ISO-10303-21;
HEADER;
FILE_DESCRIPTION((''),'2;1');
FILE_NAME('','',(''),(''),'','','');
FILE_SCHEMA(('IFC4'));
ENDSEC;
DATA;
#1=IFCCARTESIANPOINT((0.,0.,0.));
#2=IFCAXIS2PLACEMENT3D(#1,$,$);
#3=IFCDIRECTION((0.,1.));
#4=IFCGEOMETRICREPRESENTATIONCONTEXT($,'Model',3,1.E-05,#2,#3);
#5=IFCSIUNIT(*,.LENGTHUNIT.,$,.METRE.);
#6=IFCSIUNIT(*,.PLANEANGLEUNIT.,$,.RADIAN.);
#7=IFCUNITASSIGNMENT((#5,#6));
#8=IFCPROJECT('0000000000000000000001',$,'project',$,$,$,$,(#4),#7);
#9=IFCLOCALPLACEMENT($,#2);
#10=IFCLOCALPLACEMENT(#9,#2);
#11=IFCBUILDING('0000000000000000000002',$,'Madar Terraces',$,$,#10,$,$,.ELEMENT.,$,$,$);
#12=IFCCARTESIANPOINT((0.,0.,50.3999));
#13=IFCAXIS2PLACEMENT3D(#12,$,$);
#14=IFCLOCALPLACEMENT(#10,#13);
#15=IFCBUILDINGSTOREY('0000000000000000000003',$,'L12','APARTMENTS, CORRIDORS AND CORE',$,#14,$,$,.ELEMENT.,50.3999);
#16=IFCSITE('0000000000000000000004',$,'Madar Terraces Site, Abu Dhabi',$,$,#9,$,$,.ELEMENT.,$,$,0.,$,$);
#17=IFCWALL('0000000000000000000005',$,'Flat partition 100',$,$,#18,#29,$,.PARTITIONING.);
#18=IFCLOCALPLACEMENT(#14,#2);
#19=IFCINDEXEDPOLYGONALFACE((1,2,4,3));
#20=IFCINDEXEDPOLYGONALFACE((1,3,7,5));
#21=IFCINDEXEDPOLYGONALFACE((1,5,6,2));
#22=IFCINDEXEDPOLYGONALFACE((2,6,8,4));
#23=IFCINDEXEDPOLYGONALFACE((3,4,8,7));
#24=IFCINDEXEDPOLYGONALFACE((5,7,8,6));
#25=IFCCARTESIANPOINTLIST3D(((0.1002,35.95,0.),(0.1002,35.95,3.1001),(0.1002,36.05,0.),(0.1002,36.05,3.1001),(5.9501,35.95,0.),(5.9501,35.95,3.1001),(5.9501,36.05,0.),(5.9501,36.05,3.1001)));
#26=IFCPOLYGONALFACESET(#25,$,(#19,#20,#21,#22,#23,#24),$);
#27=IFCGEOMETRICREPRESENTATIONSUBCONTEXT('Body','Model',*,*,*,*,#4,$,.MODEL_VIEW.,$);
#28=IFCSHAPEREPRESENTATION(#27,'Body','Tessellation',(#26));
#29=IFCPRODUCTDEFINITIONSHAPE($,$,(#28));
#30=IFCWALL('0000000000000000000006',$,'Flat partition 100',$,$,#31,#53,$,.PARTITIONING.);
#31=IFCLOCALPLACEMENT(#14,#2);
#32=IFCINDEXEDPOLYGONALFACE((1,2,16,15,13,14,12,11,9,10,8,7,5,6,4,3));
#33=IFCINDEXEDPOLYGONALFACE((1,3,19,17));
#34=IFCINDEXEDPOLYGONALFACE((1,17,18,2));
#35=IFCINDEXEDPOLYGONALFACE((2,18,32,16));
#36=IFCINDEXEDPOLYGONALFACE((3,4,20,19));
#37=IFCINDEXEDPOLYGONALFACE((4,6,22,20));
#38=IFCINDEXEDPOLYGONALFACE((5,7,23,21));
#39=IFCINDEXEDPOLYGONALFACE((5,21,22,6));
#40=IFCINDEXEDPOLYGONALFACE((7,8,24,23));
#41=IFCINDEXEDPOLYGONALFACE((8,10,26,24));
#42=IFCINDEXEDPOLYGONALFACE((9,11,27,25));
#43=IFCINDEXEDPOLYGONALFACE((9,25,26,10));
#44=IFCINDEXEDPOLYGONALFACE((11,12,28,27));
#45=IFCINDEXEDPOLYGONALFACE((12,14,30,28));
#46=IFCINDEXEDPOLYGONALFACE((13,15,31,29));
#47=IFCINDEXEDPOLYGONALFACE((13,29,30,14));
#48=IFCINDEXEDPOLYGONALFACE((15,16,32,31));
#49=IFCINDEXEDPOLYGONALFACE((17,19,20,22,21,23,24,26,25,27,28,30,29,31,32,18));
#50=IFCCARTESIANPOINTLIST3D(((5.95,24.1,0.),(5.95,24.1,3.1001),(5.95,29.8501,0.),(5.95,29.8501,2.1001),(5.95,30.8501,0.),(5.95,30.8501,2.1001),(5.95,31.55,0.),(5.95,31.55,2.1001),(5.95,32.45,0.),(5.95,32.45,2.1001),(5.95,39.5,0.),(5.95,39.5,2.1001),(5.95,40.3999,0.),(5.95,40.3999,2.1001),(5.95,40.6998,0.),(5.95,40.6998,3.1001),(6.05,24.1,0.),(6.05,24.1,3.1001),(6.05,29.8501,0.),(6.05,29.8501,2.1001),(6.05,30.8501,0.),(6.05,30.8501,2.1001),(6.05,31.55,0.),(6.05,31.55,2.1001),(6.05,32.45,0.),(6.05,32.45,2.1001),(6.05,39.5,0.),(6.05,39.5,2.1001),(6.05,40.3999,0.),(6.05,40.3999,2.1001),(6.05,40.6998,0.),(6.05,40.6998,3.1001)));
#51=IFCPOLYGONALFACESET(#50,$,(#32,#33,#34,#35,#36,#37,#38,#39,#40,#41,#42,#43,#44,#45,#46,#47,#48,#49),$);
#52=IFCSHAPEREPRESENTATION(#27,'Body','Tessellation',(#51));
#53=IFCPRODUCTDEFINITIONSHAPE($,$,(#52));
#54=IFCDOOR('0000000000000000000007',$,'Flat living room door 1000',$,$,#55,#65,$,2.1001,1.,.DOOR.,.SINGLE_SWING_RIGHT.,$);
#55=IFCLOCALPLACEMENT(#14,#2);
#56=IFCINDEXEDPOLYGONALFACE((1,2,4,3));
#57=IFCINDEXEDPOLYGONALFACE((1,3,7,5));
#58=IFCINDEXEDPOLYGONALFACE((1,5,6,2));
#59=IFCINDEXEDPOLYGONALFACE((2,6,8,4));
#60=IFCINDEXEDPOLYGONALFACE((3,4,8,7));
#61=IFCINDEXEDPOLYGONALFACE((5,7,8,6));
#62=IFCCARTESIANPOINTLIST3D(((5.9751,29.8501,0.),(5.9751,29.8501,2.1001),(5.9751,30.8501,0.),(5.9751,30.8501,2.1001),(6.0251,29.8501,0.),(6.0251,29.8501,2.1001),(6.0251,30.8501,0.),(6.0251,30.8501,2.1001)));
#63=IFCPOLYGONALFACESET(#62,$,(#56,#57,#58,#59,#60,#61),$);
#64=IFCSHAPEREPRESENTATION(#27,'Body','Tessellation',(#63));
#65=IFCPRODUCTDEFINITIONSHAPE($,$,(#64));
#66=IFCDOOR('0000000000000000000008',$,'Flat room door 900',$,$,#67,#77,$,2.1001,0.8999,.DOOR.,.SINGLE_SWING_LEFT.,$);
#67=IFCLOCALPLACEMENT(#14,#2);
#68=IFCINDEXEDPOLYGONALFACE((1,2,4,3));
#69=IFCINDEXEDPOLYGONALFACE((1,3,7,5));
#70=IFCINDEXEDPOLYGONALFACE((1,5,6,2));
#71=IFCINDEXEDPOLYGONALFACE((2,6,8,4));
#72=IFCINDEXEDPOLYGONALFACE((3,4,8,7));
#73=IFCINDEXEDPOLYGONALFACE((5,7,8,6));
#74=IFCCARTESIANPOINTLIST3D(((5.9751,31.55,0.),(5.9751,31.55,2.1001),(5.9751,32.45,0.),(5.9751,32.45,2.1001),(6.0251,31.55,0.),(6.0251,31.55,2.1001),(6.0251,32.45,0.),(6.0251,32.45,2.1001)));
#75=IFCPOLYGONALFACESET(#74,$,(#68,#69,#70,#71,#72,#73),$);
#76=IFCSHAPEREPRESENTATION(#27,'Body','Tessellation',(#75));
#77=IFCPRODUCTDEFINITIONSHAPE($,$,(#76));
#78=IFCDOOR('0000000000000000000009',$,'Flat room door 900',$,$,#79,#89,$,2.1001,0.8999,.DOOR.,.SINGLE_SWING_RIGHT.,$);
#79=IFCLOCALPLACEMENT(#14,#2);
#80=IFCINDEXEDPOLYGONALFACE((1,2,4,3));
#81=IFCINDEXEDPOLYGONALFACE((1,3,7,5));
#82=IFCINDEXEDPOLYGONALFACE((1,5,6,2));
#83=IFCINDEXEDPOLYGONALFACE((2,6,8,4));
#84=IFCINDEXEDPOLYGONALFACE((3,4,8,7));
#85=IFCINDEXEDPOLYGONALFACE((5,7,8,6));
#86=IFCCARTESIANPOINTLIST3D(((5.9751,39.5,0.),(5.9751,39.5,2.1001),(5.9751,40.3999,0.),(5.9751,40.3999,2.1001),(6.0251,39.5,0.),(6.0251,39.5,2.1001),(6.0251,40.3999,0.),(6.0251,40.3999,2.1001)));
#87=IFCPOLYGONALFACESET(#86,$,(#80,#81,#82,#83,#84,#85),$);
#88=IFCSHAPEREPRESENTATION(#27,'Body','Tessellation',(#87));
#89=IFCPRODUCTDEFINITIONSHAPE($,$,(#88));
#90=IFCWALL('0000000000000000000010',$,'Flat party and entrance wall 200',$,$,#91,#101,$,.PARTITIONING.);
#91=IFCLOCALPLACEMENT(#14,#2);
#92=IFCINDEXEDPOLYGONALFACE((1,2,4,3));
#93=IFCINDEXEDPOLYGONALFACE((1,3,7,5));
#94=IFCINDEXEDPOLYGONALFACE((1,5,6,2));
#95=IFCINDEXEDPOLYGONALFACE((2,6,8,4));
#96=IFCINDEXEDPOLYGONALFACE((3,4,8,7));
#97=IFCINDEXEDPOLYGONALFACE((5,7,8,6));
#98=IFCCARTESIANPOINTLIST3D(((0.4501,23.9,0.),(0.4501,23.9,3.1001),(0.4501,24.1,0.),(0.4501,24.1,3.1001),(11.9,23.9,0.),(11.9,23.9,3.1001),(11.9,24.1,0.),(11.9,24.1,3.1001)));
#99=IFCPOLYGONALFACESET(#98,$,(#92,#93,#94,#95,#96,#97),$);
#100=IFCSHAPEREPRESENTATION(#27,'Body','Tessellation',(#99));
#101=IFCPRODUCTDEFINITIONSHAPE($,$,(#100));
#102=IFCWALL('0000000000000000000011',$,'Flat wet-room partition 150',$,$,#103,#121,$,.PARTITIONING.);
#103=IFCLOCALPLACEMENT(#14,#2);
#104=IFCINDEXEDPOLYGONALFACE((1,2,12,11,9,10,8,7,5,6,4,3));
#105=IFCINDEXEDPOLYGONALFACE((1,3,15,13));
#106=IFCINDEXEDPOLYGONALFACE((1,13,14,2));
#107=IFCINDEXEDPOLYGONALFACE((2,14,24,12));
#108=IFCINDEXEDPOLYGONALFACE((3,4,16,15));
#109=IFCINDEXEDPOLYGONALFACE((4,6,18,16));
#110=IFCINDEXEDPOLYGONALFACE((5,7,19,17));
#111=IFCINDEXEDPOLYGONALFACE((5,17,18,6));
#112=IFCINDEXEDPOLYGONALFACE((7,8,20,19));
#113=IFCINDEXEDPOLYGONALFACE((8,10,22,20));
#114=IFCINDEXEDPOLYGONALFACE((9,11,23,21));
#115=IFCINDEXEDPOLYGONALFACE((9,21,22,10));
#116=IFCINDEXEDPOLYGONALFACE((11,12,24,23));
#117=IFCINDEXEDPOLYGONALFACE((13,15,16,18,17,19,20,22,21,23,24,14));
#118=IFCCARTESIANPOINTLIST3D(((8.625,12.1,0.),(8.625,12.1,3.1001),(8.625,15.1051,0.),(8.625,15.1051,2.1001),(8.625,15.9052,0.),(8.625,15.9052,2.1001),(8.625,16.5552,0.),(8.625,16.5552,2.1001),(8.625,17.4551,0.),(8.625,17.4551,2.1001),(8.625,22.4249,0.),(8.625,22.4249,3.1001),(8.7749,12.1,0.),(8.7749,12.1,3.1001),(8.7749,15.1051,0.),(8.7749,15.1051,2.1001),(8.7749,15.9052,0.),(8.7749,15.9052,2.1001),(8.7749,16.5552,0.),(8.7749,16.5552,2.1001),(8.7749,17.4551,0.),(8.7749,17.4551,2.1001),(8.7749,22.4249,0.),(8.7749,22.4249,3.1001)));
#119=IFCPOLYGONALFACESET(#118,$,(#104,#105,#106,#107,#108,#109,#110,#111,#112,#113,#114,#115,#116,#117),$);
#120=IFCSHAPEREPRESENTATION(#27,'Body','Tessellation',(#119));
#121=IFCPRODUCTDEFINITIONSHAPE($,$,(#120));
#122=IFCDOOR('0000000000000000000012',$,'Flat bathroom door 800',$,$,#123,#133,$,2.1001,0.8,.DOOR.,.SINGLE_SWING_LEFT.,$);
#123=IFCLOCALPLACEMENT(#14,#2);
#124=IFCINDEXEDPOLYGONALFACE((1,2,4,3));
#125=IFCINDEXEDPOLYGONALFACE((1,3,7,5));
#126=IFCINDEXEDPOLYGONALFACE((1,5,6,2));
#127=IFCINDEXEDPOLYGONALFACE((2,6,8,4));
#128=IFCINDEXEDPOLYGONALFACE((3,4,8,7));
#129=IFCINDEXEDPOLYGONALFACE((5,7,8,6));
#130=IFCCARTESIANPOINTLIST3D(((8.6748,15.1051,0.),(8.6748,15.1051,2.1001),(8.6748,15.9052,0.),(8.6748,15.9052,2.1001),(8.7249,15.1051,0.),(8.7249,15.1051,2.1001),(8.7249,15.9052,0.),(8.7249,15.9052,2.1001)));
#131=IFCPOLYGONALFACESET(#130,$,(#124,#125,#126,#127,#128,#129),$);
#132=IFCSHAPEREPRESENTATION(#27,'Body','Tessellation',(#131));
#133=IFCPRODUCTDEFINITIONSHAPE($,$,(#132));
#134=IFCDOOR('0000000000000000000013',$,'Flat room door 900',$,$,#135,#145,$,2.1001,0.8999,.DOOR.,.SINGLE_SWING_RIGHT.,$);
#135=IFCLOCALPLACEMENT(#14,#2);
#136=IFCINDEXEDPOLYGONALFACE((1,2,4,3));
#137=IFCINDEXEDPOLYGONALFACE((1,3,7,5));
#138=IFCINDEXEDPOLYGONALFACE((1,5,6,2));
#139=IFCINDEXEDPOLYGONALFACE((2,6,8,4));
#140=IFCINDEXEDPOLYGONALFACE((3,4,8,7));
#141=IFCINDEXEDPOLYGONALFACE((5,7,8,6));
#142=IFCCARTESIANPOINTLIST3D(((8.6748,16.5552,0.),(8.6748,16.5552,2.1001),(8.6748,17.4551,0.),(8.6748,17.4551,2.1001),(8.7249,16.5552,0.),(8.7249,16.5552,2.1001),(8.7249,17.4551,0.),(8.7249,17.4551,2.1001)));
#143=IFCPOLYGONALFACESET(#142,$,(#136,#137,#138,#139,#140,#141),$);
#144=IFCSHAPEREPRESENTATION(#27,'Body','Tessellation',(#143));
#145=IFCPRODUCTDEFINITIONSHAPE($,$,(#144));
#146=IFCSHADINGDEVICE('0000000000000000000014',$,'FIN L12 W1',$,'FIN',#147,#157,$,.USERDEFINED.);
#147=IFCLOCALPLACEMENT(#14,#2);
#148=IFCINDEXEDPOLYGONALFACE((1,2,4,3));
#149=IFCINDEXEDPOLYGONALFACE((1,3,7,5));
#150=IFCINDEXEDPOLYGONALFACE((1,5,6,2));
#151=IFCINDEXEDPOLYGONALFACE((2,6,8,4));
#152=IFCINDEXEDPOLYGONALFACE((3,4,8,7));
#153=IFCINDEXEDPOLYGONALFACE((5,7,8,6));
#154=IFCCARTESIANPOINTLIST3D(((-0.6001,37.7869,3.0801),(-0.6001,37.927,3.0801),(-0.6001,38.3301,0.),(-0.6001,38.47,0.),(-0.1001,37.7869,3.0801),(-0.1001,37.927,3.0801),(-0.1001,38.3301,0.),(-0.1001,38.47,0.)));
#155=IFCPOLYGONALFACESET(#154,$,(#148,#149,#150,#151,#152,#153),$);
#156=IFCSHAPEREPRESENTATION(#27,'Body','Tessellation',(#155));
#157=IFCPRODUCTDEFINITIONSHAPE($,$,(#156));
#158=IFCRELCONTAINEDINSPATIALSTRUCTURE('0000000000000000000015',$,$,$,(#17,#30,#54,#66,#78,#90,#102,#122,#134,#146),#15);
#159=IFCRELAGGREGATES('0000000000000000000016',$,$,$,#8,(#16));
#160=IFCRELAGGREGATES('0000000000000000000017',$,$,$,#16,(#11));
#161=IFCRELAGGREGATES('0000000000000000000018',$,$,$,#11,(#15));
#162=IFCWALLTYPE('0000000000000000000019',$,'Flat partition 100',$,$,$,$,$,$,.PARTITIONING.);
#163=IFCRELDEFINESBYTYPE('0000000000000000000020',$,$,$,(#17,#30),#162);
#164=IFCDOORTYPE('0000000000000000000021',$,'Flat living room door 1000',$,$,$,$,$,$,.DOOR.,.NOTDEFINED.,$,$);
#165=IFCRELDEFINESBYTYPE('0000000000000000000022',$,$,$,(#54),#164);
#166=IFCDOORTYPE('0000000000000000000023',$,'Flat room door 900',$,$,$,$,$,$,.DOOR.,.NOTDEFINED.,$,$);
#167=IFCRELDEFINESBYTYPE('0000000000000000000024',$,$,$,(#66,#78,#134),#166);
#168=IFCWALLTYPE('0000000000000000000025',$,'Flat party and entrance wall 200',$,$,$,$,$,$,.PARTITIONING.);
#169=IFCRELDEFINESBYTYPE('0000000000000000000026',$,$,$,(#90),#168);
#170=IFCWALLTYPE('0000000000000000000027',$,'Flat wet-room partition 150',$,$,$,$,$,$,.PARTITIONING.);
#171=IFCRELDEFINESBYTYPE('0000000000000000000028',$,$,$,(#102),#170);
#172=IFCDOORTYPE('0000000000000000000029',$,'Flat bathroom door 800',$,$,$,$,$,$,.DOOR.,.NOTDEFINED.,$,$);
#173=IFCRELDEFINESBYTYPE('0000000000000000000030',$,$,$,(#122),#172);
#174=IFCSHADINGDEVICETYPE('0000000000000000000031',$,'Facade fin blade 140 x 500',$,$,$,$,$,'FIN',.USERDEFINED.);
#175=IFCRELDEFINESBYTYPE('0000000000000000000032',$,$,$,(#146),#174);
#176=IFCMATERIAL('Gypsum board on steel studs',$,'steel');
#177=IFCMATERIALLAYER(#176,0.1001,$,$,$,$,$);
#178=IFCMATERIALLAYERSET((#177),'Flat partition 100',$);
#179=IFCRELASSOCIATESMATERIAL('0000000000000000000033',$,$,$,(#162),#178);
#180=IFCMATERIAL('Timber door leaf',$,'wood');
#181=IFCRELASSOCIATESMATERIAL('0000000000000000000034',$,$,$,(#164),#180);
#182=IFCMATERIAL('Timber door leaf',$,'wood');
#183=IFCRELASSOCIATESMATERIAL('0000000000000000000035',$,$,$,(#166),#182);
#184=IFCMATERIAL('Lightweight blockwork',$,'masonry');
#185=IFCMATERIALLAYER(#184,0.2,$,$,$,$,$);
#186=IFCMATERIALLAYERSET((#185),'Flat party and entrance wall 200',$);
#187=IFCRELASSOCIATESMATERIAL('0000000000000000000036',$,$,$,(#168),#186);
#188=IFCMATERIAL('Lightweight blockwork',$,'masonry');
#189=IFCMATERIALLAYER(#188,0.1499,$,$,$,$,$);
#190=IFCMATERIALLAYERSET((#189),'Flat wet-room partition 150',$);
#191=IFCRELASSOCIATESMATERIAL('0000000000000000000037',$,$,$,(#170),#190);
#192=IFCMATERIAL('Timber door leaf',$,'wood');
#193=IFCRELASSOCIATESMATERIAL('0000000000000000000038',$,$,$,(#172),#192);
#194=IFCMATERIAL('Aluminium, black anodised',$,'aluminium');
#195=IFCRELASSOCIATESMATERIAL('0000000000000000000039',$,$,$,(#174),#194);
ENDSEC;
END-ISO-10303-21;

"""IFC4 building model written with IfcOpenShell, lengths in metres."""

from ifc_helpers import new_model, si_unit, direction, frame, frame_2d, origin, place, context, subcontext, project, spatial, polyline, rectangle, outline, extrude, material, layer, layer_set, type_object, element, fill, save


model = new_model("IFC4")

# Units and contexts
model_context = context("Model", 3, precision=1e-05, world=origin(), true_north=direction((0.0, 1.0)))
body_context = subcontext(model_context, "Body", "Model", "MODEL_VIEW")
ifc_project = project(units=[si_unit("LENGTHUNIT", "METRE"), si_unit("PLANEANGLEUNIT", "RADIAN")], contexts=[model_context])

# Site, building, storey
site_placement = place(None, origin())
site = spatial("IfcSite", under=ifc_project, at=site_placement, Name="Madar Terraces Site, Abu Dhabi", CompositionType="ELEMENT", RefElevation=0.0)
building_placement = place(site_placement, origin())
building = spatial("IfcBuilding", under=site, at=building_placement, Name="Madar Terraces", CompositionType="ELEMENT")
storey_placement = place(building_placement, frame((0.0, 0.0, 50.3999)))
storey = spatial("IfcBuildingStorey", under=building, at=storey_placement, Name="L12", Description="APARTMENTS, CORRIDORS AND CORE", CompositionType="ELEMENT", Elevation=50.3999)

# Wall
ifc_material_1 = material(Name="Gypsum board on steel studs", Category="steel")
ifc_layer_1 = layer(ifc_material_1, 0.1001)
ifc_layer_set_1 = layer_set([ifc_layer_1], Name="Flat partition 100")
wall_type_1 = type_object("IfcWallType", Name="Flat partition 100", PredefinedType="PARTITIONING", material=ifc_layer_set_1)
for number, where, z_axis, x_axis, name in (
    (1, (5.95, 36.0, 0.0), (0.0, 0.0, 1.0), (-1.0, 0.0, 0.0), "Flat partition 100"),
):
    element("IfcWall", number, at=place(storey_placement, frame(where, z_axis=z_axis, x_axis=x_axis)), inside=storey, type_object=wall_type_1, Name=name, PredefinedType="PARTITIONING", context=body_context, shape_type="SweptSolid", body=[
        extrude(rectangle(XDim=5.8499, YDim=0.1001, at=frame_2d((2.9248, 0.0))), origin(), (0.0, 0.0, 1.0), 3.1001),
    ])

# Wall, openings, doors
wall_1_placement = place(storey_placement, frame((6.0, 24.1001, 0.0), z_axis=(0.0, 0.0, 1.0), x_axis=(0.0, 1.0, 0.0)))
wall_1 = element("IfcWall", 2, at=wall_1_placement, inside=storey, type_object=wall_type_1, Name="Flat partition 100", PredefinedType="PARTITIONING", context=body_context, shape_type="SweptSolid", body=[
    extrude(rectangle(XDim=16.5999, YDim=0.1001, at=frame_2d((8.2998, 0.0))), origin(), (0.0, 0.0, 1.0), 3.1001),
])
opening_1_placement = place(wall_1_placement, frame((5.75, 0.0, 0.0)))
opening_1 = element("IfcOpeningElement", 3, at=opening_1_placement, cuts=wall_1, PredefinedType="OPENING", context=body_context, shape_type="SweptSolid", body=[
    extrude(rectangle(XDim=1.0, YDim=2.1001, at=frame_2d((0.5, 1.05))), frame((0.0, 0.0601, 0.0), z_axis=(0.0, -1.0, 0.0), x_axis=(1.0, 0.0, 0.0)), (0.0, 0.0, 1.0), 0.1201),
])
opening_2_placement = place(wall_1_placement, frame((7.45, 0.0, 0.0)))
opening_2 = element("IfcOpeningElement", 4, at=opening_2_placement, cuts=wall_1, PredefinedType="OPENING", context=body_context, shape_type="SweptSolid", body=[
    extrude(rectangle(XDim=0.8999, YDim=2.1001, at=frame_2d((0.45, 1.05))), frame((0.0, 0.0601, 0.0), z_axis=(0.0, -1.0, 0.0), x_axis=(1.0, 0.0, 0.0)), (0.0, 0.0, 1.0), 0.1201),
])
opening_3_placement = place(wall_1_placement, frame((15.3999, 0.0, 0.0)))
opening_3 = element("IfcOpeningElement", 5, at=opening_3_placement, cuts=wall_1, PredefinedType="OPENING", context=body_context, shape_type="SweptSolid", body=[
    extrude(rectangle(XDim=0.8999, YDim=2.1001, at=frame_2d((0.45, 1.05))), frame((0.0, 0.0601, 0.0), z_axis=(0.0, -1.0, 0.0), x_axis=(1.0, 0.0, 0.0)), (0.0, 0.0, 1.0), 0.1201),
])
ifc_material_2 = material(Name="Timber door leaf", Category="wood")
door_type_1 = type_object("IfcDoorType", Name="Flat living room door 1000", OperationType="NOTDEFINED", PredefinedType="DOOR", material=ifc_material_2)
door_1_placement = place(opening_1_placement, origin())
door_1 = element("IfcDoor", 6, at=door_1_placement, inside=storey, type_object=door_type_1, Name="Flat living room door 1000", OperationType="SINGLE_SWING_RIGHT", OverallHeight=2.1001, OverallWidth=1.0, PredefinedType="DOOR", context=body_context, shape_type="SweptSolid", body=[
    extrude(rectangle(XDim=1.0, YDim=2.1001, at=frame_2d((0.5, 1.05))), frame((0.0, 0.0249, 0.0), z_axis=(0.0, -1.0, 0.0), x_axis=(1.0, 0.0, 0.0)), (0.0, 0.0, 1.0), 0.05),
])
fill(opening_1, door_1)
ifc_material_3 = material(Name="Timber door leaf", Category="wood")
door_type_2 = type_object("IfcDoorType", Name="Flat room door 900", OperationType="NOTDEFINED", PredefinedType="DOOR", material=ifc_material_3)
door_2_placement = place(opening_2_placement, origin())
door_2 = element("IfcDoor", 7, at=door_2_placement, inside=storey, type_object=door_type_2, Name="Flat room door 900", OperationType="SINGLE_SWING_LEFT", OverallHeight=2.1001, OverallWidth=0.8999, PredefinedType="DOOR", context=body_context, shape_type="SweptSolid", body=[
    extrude(rectangle(XDim=0.8999, YDim=2.1001, at=frame_2d((0.45, 1.05))), frame((0.0, 0.0249, 0.0), z_axis=(0.0, -1.0, 0.0), x_axis=(1.0, 0.0, 0.0)), (0.0, 0.0, 1.0), 0.05),
])
fill(opening_2, door_2)
door_3_placement = place(opening_3_placement, origin())
door_3 = element("IfcDoor", 8, at=door_3_placement, inside=storey, type_object=door_type_2, Name="Flat room door 900", OperationType="SINGLE_SWING_RIGHT", OverallHeight=2.1001, OverallWidth=0.8999, PredefinedType="DOOR", context=body_context, shape_type="SweptSolid", body=[
    extrude(rectangle(XDim=0.8999, YDim=2.1001, at=frame_2d((0.45, 1.05))), frame((0.0, 0.0249, 0.0), z_axis=(0.0, -1.0, 0.0), x_axis=(1.0, 0.0, 0.0)), (0.0, 0.0, 1.0), 0.05),
])
fill(opening_3, door_3)

# Wall
ifc_material_4 = material(Name="Lightweight blockwork", Category="masonry")
ifc_layer_2 = layer(ifc_material_4, 0.2)
ifc_layer_set_2 = layer_set([ifc_layer_2], Name="Flat party and entrance wall 200")
wall_type_2 = type_object("IfcWallType", Name="Flat party and entrance wall 200", PredefinedType="PARTITIONING", material=ifc_layer_set_2)
wall_2_placement = place(storey_placement, frame((0.45, 24.0, 0.0), z_axis=(0.0, 0.0, 1.0), x_axis=(1.0, 0.0, 0.0)))
element("IfcWall", 9, at=wall_2_placement, inside=storey, type_object=wall_type_2, Name="Flat party and entrance wall 200", PredefinedType="PARTITIONING", context=body_context, shape_type="SweptSolid", body=[
    extrude(rectangle(XDim=11.45, YDim=0.2, at=frame_2d((5.7251, 0.0))), origin(), (0.0, 0.0, 1.0), 3.1001),
])

# Wall, openings, doors
ifc_material_5 = material(Name="Lightweight blockwork", Category="masonry")
ifc_layer_3 = layer(ifc_material_5, 0.1499)
ifc_layer_set_3 = layer_set([ifc_layer_3], Name="Flat wet-room partition 150")
wall_type_3 = type_object("IfcWallType", Name="Flat wet-room partition 150", PredefinedType="PARTITIONING", material=ifc_layer_set_3)
wall_3_placement = place(storey_placement, frame((8.7, 22.425, 0.0), z_axis=(0.0, 0.0, 1.0), x_axis=(0.0, -1.0, 0.0)))
wall_3 = element("IfcWall", 10, at=wall_3_placement, inside=storey, type_object=wall_type_3, Name="Flat wet-room partition 150", PredefinedType="PARTITIONING", context=body_context, shape_type="SweptSolid", body=[
    extrude(rectangle(XDim=10.325, YDim=0.1499, at=frame_2d((5.1626, 0.0))), origin(), (0.0, 0.0, 1.0), 3.1001),
])
opening_4_placement = place(wall_3_placement, frame((4.97, 0.0, 0.0)))
opening_4 = element("IfcOpeningElement", 11, at=opening_4_placement, cuts=wall_3, PredefinedType="OPENING", context=body_context, shape_type="SweptSolid", body=[
    extrude(rectangle(XDim=0.8999, YDim=2.1001, at=frame_2d((0.45, 1.05))), frame((0.0, 0.085, 0.0), z_axis=(0.0, -1.0, 0.0), x_axis=(1.0, 0.0, 0.0)), (0.0, 0.0, 1.0), 0.1699),
])
opening_5_placement = place(wall_3_placement, frame((6.52, 0.0, 0.0)))
opening_5 = element("IfcOpeningElement", 12, at=opening_5_placement, cuts=wall_3, PredefinedType="OPENING", context=body_context, shape_type="SweptSolid", body=[
    extrude(rectangle(XDim=0.8, YDim=2.1001, at=frame_2d((0.3999, 1.05))), frame((0.0, 0.085, 0.0), z_axis=(0.0, -1.0, 0.0), x_axis=(1.0, 0.0, 0.0)), (0.0, 0.0, 1.0), 0.1699),
])
ifc_material_6 = material(Name="Timber door leaf", Category="wood")
door_type_3 = type_object("IfcDoorType", Name="Flat bathroom door 800", OperationType="NOTDEFINED", PredefinedType="DOOR", material=ifc_material_6)
door_4_placement = place(opening_5_placement, origin())
door_4 = element("IfcDoor", 13, at=door_4_placement, inside=storey, type_object=door_type_3, Name="Flat bathroom door 800", OperationType="SINGLE_SWING_LEFT", OverallHeight=2.1001, OverallWidth=0.8, PredefinedType="DOOR", context=body_context, shape_type="SweptSolid", body=[
    extrude(rectangle(XDim=0.8, YDim=2.1001, at=frame_2d((0.3999, 1.05))), frame((0.0, 0.0249, 0.0), z_axis=(0.0, -1.0, 0.0), x_axis=(1.0, 0.0, 0.0)), (0.0, 0.0, 1.0), 0.05),
])
fill(opening_5, door_4)
door_5_placement = place(opening_4_placement, origin())
door_5 = element("IfcDoor", 14, at=door_5_placement, inside=storey, type_object=door_type_2, Name="Flat room door 900", OperationType="SINGLE_SWING_RIGHT", OverallHeight=2.1001, OverallWidth=0.8999, PredefinedType="DOOR", context=body_context, shape_type="SweptSolid", body=[
    extrude(rectangle(XDim=0.8999, YDim=2.1001, at=frame_2d((0.45, 1.05))), frame((0.0, 0.0249, 0.0), z_axis=(0.0, -1.0, 0.0), x_axis=(1.0, 0.0, 0.0)), (0.0, 0.0, 1.0), 0.05),
])
fill(opening_4, door_5)

# Shading device
ifc_material_7 = material(Name="Aluminium, black anodised", Category="aluminium")
shading_device_type = type_object("IfcShadingDeviceType", Name="Facade fin blade 140 x 500", ElementType="FIN", PredefinedType="USERDEFINED", material=ifc_material_7)
shading_device_1_placement = place(storey_placement, frame((-0.3501, 38.47, 0.0), z_axis=(0.0, 0.0, 1.0), x_axis=(0.0, -1.0, 0.0)))
element("IfcShadingDevice", 15, at=shading_device_1_placement, inside=storey, type_object=shading_device_type, Name="FIN L12 W1", ObjectType="FIN", PredefinedType="USERDEFINED", context=body_context, shape_type="SweptSolid", body=[
    extrude(outline(polyline([(0.0, 0.0), (0.1399, 0.0), (0.6831, 3.0801), (0.543, 3.0801), (0.0, 0.0)])), frame((0.0, 0.25, 0.0), z_axis=(0.0, -1.0, 0.0), x_axis=(1.0, 0.0, 0.0)), (0.0, 0.0, 1.0), 0.5),
])

save(model, "model.ifc")
